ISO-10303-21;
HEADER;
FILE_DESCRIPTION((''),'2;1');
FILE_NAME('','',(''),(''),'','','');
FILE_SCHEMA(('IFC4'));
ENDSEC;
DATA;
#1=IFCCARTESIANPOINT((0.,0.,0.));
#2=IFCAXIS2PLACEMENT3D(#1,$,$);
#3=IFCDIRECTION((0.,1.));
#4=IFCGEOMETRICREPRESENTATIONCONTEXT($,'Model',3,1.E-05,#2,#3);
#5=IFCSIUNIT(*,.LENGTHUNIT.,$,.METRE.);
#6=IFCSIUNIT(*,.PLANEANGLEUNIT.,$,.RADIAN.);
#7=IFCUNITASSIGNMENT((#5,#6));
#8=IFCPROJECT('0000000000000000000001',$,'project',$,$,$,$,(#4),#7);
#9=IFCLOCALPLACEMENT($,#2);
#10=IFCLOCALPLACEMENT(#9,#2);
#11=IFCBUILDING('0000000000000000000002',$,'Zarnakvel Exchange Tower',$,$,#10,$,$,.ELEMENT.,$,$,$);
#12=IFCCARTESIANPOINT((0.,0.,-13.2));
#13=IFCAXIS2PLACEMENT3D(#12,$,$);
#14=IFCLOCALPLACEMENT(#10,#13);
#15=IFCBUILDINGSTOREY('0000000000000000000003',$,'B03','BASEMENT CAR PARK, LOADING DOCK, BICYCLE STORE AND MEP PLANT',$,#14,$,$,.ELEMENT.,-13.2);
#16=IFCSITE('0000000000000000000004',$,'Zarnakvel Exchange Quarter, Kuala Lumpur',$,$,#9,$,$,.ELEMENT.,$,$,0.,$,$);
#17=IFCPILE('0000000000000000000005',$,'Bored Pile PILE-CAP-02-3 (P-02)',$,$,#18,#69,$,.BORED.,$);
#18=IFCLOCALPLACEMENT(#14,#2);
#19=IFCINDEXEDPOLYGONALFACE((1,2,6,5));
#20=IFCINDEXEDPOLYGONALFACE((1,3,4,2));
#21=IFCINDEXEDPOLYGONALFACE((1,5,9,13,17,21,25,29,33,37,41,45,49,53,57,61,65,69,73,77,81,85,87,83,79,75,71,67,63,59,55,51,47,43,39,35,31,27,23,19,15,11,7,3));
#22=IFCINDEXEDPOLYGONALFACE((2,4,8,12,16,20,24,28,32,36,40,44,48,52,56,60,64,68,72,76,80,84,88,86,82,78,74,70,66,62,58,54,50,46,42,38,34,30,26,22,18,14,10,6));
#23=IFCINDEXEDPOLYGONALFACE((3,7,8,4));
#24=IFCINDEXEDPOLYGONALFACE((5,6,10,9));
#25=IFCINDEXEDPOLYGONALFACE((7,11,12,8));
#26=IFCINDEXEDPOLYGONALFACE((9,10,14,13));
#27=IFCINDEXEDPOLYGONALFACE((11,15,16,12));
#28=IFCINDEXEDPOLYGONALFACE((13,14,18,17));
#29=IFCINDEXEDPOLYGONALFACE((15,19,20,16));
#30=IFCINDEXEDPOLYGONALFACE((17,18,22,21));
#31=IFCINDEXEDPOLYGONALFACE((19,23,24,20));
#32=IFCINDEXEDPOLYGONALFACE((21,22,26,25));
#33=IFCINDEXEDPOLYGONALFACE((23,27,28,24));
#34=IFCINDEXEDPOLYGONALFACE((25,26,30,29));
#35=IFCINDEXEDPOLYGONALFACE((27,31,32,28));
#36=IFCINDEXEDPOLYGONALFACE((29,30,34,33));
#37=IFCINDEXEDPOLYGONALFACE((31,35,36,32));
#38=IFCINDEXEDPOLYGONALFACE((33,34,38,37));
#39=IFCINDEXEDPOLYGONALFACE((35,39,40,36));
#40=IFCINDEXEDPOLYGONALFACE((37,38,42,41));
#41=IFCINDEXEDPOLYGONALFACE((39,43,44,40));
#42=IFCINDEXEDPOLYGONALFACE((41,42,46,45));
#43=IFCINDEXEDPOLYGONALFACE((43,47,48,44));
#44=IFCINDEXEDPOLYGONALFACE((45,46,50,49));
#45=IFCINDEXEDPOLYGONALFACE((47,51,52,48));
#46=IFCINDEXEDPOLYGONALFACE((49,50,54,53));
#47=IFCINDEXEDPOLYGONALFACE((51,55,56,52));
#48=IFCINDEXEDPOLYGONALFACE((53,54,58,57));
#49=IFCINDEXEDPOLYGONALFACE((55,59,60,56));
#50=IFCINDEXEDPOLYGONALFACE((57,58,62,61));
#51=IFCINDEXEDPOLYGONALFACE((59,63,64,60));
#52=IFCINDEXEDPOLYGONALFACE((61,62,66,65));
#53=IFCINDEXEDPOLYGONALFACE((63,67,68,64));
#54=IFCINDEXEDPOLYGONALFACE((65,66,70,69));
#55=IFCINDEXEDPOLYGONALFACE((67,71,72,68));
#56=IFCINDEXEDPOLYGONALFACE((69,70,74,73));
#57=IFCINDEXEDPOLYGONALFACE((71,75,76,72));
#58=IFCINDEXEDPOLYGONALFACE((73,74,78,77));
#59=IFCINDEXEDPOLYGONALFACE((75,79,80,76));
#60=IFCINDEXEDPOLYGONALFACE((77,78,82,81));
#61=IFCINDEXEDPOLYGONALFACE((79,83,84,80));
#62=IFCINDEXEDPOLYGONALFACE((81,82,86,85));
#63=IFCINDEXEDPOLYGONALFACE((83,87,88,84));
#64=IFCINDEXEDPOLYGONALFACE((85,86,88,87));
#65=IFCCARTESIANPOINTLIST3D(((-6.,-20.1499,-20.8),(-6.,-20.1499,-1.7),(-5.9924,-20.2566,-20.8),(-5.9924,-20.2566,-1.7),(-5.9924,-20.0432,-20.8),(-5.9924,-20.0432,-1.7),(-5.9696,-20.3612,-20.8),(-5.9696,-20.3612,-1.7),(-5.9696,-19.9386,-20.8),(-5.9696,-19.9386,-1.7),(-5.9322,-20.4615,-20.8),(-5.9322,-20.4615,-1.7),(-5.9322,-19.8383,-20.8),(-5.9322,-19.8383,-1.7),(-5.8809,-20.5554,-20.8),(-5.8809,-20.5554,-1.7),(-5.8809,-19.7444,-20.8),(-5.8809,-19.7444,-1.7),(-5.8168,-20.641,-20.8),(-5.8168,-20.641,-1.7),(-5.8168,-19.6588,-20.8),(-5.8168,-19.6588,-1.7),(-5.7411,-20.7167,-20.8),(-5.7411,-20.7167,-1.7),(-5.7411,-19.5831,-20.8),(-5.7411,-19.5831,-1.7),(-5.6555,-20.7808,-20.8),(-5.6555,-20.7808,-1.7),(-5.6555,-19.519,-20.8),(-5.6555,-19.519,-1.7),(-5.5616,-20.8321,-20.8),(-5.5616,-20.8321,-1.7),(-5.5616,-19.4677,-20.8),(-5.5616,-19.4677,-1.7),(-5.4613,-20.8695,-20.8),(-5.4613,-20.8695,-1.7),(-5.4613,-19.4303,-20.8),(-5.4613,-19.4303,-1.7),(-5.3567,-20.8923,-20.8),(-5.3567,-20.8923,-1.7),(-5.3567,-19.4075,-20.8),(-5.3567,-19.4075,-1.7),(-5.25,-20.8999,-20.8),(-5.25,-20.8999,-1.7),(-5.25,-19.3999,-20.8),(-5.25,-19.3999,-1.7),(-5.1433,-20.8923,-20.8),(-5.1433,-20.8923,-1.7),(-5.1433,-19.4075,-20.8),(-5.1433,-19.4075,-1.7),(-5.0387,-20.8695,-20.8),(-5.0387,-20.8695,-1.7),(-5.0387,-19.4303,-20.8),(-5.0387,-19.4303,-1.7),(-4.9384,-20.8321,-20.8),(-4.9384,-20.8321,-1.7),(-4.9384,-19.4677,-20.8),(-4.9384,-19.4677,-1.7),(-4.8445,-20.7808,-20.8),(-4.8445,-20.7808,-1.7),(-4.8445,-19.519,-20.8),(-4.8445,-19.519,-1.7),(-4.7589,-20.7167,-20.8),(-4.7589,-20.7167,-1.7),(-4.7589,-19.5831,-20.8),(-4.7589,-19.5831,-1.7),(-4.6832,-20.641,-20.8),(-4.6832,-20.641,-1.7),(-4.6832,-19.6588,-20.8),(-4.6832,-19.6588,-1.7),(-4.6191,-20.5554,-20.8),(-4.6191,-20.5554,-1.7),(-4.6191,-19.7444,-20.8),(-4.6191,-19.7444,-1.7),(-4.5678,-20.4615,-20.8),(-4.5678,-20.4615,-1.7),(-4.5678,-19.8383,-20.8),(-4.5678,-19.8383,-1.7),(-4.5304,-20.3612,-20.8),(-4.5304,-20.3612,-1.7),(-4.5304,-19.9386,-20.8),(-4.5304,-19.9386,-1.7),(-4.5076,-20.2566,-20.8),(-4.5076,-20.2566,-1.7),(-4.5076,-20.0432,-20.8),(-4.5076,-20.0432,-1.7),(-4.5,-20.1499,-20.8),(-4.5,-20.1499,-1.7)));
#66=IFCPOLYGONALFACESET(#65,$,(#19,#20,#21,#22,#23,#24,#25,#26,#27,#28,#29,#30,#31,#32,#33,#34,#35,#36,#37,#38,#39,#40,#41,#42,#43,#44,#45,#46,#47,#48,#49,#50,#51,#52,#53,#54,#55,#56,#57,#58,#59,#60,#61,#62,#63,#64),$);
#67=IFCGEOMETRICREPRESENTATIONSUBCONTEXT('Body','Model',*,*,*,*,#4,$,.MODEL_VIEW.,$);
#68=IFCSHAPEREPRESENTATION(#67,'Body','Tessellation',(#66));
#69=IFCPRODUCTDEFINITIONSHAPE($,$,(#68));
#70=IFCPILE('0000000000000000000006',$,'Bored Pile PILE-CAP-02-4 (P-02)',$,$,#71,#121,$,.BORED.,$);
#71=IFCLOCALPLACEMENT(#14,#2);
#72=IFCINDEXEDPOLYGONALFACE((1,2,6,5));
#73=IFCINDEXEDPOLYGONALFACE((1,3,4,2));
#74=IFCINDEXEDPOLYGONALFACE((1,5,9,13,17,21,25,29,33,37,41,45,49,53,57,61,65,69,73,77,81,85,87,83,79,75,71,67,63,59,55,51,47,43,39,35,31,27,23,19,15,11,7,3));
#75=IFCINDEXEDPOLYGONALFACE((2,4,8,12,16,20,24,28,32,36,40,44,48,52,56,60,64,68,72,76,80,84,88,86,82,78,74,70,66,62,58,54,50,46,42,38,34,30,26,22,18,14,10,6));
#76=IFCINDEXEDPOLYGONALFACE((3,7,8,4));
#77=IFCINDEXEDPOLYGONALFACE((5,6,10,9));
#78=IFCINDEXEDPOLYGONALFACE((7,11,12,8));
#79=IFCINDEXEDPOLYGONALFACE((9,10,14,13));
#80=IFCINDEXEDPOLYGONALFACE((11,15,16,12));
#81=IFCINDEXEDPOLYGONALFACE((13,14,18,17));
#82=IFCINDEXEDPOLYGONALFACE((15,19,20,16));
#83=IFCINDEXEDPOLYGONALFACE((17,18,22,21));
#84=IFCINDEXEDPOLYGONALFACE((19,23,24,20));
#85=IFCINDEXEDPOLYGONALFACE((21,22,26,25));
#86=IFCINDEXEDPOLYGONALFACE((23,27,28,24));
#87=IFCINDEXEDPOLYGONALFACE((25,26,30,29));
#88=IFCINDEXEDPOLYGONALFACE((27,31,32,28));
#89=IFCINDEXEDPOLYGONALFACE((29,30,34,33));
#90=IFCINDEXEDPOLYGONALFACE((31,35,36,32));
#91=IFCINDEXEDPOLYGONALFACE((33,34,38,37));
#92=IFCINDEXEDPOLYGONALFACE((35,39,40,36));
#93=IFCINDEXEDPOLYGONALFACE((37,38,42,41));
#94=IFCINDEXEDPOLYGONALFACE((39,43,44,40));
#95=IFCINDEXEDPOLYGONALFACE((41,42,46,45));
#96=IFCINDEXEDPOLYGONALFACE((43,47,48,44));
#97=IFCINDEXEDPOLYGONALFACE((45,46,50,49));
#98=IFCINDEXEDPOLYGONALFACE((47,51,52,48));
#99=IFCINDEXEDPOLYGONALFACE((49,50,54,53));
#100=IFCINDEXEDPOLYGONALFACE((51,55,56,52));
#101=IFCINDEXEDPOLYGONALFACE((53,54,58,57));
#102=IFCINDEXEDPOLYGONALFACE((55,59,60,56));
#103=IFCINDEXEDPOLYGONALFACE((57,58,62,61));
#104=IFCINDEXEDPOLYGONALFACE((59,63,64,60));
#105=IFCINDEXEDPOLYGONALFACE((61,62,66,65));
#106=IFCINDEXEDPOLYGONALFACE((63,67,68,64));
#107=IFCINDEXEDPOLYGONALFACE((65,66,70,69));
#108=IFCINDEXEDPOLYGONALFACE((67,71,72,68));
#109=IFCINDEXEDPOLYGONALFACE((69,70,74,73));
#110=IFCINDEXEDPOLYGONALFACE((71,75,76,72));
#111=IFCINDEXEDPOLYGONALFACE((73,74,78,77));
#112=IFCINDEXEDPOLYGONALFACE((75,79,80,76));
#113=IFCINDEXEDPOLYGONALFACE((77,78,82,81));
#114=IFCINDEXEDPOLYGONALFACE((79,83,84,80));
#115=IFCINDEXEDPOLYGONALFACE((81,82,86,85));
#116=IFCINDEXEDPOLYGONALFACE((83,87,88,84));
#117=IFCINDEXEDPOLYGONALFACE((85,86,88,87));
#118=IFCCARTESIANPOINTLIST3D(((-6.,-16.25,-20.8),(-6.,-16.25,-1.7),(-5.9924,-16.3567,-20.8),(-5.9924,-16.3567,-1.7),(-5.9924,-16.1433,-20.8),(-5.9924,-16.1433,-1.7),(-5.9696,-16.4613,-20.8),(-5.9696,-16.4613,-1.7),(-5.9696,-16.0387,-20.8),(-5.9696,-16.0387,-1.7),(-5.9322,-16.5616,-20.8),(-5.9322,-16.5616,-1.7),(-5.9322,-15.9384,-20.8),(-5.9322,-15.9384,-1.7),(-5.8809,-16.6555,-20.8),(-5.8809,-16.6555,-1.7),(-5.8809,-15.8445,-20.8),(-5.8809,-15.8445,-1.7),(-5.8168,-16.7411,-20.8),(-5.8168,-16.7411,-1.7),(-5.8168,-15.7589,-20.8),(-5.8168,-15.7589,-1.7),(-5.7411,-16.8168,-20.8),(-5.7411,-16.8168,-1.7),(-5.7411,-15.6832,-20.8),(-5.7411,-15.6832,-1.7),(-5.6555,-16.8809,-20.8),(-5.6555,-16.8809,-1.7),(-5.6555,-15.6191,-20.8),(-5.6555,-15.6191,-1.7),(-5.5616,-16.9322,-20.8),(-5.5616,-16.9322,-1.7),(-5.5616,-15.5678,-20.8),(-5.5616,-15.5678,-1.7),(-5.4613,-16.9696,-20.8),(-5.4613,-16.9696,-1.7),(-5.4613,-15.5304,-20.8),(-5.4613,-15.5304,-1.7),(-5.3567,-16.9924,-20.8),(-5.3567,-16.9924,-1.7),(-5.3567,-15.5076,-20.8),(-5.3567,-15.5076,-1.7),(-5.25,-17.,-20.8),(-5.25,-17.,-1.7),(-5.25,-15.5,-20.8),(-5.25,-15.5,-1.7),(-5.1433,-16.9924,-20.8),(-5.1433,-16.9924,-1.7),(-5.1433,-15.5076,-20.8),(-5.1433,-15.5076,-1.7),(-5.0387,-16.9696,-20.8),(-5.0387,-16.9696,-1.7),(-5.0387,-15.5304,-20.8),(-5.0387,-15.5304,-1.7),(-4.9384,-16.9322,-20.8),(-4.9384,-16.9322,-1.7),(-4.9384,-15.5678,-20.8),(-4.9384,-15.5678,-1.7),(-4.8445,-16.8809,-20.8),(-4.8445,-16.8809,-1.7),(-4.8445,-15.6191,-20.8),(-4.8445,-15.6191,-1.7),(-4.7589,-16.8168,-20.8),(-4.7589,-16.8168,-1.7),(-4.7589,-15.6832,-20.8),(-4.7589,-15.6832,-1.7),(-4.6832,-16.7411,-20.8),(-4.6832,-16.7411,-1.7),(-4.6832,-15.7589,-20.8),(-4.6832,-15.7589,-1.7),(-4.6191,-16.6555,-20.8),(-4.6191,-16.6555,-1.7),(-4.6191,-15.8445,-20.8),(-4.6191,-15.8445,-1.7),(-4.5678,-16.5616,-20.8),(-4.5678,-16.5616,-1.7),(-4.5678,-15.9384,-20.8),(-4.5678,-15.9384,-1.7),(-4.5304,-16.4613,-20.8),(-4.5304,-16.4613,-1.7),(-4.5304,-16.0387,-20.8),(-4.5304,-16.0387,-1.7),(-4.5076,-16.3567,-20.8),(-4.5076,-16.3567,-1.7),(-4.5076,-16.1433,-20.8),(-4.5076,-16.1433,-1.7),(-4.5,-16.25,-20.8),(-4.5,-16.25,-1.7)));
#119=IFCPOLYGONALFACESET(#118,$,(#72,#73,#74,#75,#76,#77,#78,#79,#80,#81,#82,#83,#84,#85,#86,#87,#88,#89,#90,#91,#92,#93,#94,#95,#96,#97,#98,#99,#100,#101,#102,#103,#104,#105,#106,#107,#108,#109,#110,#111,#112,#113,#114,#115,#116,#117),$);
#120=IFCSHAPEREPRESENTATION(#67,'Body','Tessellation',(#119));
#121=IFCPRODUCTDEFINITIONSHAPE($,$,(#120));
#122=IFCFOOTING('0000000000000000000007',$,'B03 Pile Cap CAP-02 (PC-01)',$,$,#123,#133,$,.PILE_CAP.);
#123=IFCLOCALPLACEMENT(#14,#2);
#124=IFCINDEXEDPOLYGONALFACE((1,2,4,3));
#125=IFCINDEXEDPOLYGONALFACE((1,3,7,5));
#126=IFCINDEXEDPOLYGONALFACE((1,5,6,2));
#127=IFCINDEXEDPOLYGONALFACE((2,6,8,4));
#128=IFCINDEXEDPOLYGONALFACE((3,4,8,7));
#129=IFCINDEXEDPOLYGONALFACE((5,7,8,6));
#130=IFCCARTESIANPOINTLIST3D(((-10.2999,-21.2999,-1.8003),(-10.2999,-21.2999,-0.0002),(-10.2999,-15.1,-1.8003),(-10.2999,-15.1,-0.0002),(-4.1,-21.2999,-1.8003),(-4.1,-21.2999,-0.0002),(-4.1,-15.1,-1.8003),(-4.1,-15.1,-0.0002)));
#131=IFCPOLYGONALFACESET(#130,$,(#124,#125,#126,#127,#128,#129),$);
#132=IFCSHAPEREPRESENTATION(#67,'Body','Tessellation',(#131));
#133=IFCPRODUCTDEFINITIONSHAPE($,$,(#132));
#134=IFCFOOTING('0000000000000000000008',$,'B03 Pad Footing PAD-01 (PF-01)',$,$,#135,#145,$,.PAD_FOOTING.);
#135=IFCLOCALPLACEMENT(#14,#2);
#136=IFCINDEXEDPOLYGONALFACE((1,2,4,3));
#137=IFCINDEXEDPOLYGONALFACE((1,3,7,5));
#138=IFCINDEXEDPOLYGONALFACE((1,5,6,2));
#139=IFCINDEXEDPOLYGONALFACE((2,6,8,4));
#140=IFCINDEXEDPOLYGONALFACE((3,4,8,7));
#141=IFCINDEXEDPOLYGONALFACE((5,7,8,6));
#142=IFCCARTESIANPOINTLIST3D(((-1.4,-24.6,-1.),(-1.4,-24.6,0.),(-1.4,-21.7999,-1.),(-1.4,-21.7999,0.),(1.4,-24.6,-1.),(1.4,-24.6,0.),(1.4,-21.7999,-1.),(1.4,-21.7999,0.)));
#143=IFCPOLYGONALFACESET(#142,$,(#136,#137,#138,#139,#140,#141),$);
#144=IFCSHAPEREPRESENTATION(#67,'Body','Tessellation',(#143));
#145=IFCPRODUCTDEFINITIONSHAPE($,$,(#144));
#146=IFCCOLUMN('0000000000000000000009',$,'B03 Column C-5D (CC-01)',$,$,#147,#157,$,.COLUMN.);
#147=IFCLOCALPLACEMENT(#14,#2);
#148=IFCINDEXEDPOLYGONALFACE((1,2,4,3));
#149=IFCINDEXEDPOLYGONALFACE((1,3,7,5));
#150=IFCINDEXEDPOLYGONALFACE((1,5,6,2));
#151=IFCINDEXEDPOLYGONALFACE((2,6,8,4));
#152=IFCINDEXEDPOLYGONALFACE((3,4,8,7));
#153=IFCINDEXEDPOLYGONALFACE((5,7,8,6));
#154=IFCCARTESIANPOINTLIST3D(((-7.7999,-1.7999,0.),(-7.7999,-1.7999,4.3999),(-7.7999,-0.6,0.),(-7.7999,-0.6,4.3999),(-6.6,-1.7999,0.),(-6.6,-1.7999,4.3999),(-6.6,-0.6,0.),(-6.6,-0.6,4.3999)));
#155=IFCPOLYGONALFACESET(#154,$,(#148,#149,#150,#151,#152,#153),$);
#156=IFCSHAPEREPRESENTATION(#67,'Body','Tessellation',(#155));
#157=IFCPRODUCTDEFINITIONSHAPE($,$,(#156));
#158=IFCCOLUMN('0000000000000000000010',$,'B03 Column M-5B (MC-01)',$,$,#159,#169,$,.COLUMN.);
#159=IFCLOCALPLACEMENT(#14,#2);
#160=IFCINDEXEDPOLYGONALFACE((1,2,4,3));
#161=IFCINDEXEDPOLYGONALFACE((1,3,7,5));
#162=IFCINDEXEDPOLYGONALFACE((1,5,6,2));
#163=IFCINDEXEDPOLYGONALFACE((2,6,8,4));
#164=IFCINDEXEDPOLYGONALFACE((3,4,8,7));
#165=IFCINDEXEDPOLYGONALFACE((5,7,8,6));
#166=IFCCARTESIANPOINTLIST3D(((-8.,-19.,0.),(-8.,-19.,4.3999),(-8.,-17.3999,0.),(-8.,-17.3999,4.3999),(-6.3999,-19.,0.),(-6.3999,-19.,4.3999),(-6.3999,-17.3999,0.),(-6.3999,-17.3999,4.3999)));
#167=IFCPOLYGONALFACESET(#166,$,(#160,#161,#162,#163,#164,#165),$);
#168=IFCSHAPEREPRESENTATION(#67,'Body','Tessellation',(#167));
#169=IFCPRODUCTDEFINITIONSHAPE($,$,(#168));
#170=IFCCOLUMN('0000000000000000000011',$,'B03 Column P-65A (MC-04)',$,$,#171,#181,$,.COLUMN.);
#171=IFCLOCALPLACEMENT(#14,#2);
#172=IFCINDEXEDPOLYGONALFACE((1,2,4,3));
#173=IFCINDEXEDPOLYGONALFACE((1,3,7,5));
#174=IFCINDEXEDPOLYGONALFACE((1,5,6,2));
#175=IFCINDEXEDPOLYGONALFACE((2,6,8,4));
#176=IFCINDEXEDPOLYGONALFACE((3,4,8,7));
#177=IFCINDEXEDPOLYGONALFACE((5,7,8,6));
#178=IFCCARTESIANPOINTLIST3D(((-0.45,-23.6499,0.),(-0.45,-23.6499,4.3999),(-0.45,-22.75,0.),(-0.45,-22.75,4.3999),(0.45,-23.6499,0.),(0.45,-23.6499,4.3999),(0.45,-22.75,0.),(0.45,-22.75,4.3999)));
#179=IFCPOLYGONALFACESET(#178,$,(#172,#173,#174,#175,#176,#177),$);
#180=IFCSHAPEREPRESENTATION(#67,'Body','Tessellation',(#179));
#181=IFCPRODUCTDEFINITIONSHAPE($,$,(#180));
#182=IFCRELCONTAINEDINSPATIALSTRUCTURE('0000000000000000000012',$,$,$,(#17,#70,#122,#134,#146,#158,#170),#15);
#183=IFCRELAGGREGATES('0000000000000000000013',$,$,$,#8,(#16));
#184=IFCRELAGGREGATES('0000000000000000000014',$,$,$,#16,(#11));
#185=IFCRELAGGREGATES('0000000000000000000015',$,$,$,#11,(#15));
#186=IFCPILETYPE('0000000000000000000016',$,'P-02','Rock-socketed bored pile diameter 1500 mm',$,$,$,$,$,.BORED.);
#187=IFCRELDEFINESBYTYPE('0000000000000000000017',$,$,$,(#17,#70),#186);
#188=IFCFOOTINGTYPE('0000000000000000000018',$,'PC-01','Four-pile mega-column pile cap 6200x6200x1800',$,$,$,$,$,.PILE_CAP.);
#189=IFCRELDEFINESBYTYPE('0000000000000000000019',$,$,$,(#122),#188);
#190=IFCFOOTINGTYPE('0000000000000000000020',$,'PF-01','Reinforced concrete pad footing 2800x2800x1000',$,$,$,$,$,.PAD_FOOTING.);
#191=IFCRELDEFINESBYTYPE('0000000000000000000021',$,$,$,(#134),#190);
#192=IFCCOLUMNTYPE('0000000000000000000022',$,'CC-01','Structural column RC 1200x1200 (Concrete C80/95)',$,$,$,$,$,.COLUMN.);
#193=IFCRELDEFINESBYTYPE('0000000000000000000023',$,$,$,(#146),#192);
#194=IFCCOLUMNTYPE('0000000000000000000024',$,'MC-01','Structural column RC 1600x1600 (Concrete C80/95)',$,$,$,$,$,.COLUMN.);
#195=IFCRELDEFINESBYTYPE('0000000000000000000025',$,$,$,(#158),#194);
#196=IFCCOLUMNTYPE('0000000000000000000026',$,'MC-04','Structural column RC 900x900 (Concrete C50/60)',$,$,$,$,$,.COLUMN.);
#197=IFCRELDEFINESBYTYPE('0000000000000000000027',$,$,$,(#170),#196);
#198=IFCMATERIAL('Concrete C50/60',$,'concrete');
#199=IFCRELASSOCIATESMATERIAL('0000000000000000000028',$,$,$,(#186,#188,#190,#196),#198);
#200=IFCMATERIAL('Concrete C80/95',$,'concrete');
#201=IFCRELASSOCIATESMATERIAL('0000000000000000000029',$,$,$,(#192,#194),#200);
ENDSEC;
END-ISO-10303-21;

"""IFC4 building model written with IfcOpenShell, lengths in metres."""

from ifc_helpers import new_model, si_unit, direction, frame, origin, origin_2d, place, context, subcontext, project, spatial, rectangle, circle, extrude, source, transform, mapped, material, material_profile, profile_set, type_object, element, save


model = new_model("IFC4")

# Units and contexts
model_context = context("Model", 3, precision=1e-05, world=origin(), true_north=direction((0.0, 1.0)))
body_context = subcontext(model_context, "Body", "Model", "MODEL_VIEW")
ifc_project = project(units=[si_unit("LENGTHUNIT", "METRE"), si_unit("PLANEANGLEUNIT", "RADIAN")], contexts=[model_context])

# Site, building, storey
site_placement = place(None, origin())
site = spatial("IfcSite", under=ifc_project, at=site_placement, Name="Zarnakvel Exchange Quarter, Kuala Lumpur", CompositionType="ELEMENT", RefElevation=0.0)
building_placement = place(site_placement, origin())
building = spatial("IfcBuilding", under=site, at=building_placement, Name="Zarnakvel Exchange Tower", CompositionType="ELEMENT")
storey_placement = place(building_placement, frame((0.0, 0.0, -13.2)))
storey = spatial("IfcBuildingStorey", under=building, at=storey_placement, Name="B03", Description="BASEMENT CAR PARK, LOADING DOCK, BICYCLE STORE AND MEP PLANT", CompositionType="ELEMENT", Elevation=-13.2)

# Shared definitions
ifc_material_1 = material(Name="Concrete C50/60", Category="concrete")

# Piles
ifc_material_profile_1 = material_profile(ifc_material_1, circle(Radius=0.75, at=origin_2d()))
ifc_profile_set_1 = profile_set([ifc_material_profile_1], Name="Concrete C50/60")
pile_type_1 = type_object("IfcPileType", Name="P-02", Description="Rock-socketed bored pile diameter 1500 mm", PredefinedType="BORED", material=ifc_profile_set_1)
for number, where, z_axis, x_axis, name in (
    (1, (-5.25, -20.1499, -1.7), (0.0, 0.0, -1.0), (1.0, 0.0, 0.0), "Bored Pile PILE-CAP-02-3 (P-02)"),
    (2, (-5.25, -16.25, -1.7), (0.0, 0.0, -1.0), (1.0, 0.0, 0.0), "Bored Pile PILE-CAP-02-4 (P-02)"),
):
    element("IfcPile", number, at=place(storey_placement, frame(where, z_axis=z_axis, x_axis=x_axis)), inside=storey, type_object=pile_type_1, Name=name, PredefinedType="BORED", context=body_context, shape_type="SweptSolid", body=[
        extrude(circle(Radius=0.75, at=origin_2d()), origin(), (0.0, 0.0, 1.0), 19.1001),
    ])

# Footings
footing_type_1 = type_object("IfcFootingType", Name="PC-01", Description="Four-pile mega-column pile cap 6200x6200x1800", PredefinedType="PILE_CAP", material=ifc_material_1)
shared_shape_1 = source(origin(), body_context, "Body", "SweptSolid", [
    extrude(rectangle(XDim=6.2, YDim=6.2, at=origin_2d()), origin(), (0.0, 0.0, 1.0), 1.8),
])
footing_1_placement = place(storey_placement, frame((-7.2, -18.2, -1.8003), z_axis=(0.0, 0.0, 1.0), x_axis=(1.0, 0.0, 0.0)))
element("IfcFooting", 3, at=footing_1_placement, inside=storey, type_object=footing_type_1, Name="B03 Pile Cap CAP-02 (PC-01)", PredefinedType="PILE_CAP", context=body_context, shape_type="MappedRepresentation", body=[
    mapped(shared_shape_1, transform((0.0, 0.0, 0.0), x_axis=(1.0, 0.0, 0.0), y_axis=(0.0, 1.0, 0.0), z_axis=(0.0, 0.0, 1.0), scale=1.0)),
])
footing_type_2 = type_object("IfcFootingType", Name="PF-01", Description="Reinforced concrete pad footing 2800x2800x1000", PredefinedType="PAD_FOOTING", material=ifc_material_1)
shared_shape_2 = source(origin(), body_context, "Body", "SweptSolid", [
    extrude(rectangle(XDim=2.8, YDim=2.8, at=origin_2d()), origin(), (0.0, 0.0, 1.0), 1.0),
])
footing_2_placement = place(storey_placement, frame((0.0, -23.2, -1.0), z_axis=(0.0, 0.0, 1.0), x_axis=(1.0, 0.0, 0.0)))
element("IfcFooting", 4, at=footing_2_placement, inside=storey, type_object=footing_type_2, Name="B03 Pad Footing PAD-01 (PF-01)", PredefinedType="PAD_FOOTING", context=body_context, shape_type="MappedRepresentation", body=[
    mapped(shared_shape_2, transform((0.0, 0.0, 0.0), x_axis=(1.0, 0.0, 0.0), y_axis=(0.0, 1.0, 0.0), z_axis=(0.0, 0.0, 1.0), scale=1.0)),
])

# Columns
ifc_material_2 = material(Name="Concrete C80/95", Category="concrete")
ifc_material_profile_2 = material_profile(ifc_material_2, rectangle(XDim=1.2, YDim=1.2, at=origin_2d()))
ifc_profile_set_2 = profile_set([ifc_material_profile_2], Name="Concrete C80/95")
column_type_1 = type_object("IfcColumnType", Name="CC-01", Description="Structural column RC 1200x1200 (Concrete C80/95)", PredefinedType="COLUMN", material=ifc_profile_set_2)
column_1_placement = place(storey_placement, frame((-7.2, -1.2, 0.0), z_axis=(0.0, 0.0, 1.0), x_axis=(1.0, 0.0, 0.0)))
element("IfcColumn", 5, at=column_1_placement, inside=storey, type_object=column_type_1, Name="B03 Column C-5D (CC-01)", PredefinedType="COLUMN", context=body_context, shape_type="SweptSolid", body=[
    extrude(rectangle(XDim=1.2, YDim=1.2, at=origin_2d()), origin(), (0.0, 0.0, 1.0), 4.3999),
])
ifc_material_profile_3 = material_profile(ifc_material_2, rectangle(XDim=1.6001, YDim=1.6001, at=origin_2d()))
ifc_profile_set_3 = profile_set([ifc_material_profile_3], Name="Concrete C80/95")
column_type_2 = type_object("IfcColumnType", Name="MC-01", Description="Structural column RC 1600x1600 (Concrete C80/95)", PredefinedType="COLUMN", material=ifc_profile_set_3)
column_2_placement = place(storey_placement, frame((-7.2, -18.2, 0.0), z_axis=(0.0, 0.0, 1.0), x_axis=(1.0, 0.0, 0.0)))
element("IfcColumn", 6, at=column_2_placement, inside=storey, type_object=column_type_2, Name="B03 Column M-5B (MC-01)", PredefinedType="COLUMN", context=body_context, shape_type="SweptSolid", body=[
    extrude(rectangle(XDim=1.6001, YDim=1.6001, at=origin_2d()), origin(), (0.0, 0.0, 1.0), 4.3999),
])
ifc_material_profile_4 = material_profile(ifc_material_1, rectangle(XDim=0.8999, YDim=0.8999, at=origin_2d()))
ifc_profile_set_4 = profile_set([ifc_material_profile_4], Name="Concrete C50/60")
column_type_3 = type_object("IfcColumnType", Name="MC-04", Description="Structural column RC 900x900 (Concrete C50/60)", PredefinedType="COLUMN", material=ifc_profile_set_4)
column_3_placement = place(storey_placement, frame((0.0, -23.2, 0.0), z_axis=(0.0, 0.0, 1.0), x_axis=(1.0, 0.0, 0.0)))
element("IfcColumn", 7, at=column_3_placement, inside=storey, type_object=column_type_3, Name="B03 Column P-65A (MC-04)", PredefinedType="COLUMN", context=body_context, shape_type="SweptSolid", body=[
    extrude(rectangle(XDim=0.8999, YDim=0.8999, at=origin_2d()), origin(), (0.0, 0.0, 1.0), 4.3999),
])

save(model, "model.ifc")
